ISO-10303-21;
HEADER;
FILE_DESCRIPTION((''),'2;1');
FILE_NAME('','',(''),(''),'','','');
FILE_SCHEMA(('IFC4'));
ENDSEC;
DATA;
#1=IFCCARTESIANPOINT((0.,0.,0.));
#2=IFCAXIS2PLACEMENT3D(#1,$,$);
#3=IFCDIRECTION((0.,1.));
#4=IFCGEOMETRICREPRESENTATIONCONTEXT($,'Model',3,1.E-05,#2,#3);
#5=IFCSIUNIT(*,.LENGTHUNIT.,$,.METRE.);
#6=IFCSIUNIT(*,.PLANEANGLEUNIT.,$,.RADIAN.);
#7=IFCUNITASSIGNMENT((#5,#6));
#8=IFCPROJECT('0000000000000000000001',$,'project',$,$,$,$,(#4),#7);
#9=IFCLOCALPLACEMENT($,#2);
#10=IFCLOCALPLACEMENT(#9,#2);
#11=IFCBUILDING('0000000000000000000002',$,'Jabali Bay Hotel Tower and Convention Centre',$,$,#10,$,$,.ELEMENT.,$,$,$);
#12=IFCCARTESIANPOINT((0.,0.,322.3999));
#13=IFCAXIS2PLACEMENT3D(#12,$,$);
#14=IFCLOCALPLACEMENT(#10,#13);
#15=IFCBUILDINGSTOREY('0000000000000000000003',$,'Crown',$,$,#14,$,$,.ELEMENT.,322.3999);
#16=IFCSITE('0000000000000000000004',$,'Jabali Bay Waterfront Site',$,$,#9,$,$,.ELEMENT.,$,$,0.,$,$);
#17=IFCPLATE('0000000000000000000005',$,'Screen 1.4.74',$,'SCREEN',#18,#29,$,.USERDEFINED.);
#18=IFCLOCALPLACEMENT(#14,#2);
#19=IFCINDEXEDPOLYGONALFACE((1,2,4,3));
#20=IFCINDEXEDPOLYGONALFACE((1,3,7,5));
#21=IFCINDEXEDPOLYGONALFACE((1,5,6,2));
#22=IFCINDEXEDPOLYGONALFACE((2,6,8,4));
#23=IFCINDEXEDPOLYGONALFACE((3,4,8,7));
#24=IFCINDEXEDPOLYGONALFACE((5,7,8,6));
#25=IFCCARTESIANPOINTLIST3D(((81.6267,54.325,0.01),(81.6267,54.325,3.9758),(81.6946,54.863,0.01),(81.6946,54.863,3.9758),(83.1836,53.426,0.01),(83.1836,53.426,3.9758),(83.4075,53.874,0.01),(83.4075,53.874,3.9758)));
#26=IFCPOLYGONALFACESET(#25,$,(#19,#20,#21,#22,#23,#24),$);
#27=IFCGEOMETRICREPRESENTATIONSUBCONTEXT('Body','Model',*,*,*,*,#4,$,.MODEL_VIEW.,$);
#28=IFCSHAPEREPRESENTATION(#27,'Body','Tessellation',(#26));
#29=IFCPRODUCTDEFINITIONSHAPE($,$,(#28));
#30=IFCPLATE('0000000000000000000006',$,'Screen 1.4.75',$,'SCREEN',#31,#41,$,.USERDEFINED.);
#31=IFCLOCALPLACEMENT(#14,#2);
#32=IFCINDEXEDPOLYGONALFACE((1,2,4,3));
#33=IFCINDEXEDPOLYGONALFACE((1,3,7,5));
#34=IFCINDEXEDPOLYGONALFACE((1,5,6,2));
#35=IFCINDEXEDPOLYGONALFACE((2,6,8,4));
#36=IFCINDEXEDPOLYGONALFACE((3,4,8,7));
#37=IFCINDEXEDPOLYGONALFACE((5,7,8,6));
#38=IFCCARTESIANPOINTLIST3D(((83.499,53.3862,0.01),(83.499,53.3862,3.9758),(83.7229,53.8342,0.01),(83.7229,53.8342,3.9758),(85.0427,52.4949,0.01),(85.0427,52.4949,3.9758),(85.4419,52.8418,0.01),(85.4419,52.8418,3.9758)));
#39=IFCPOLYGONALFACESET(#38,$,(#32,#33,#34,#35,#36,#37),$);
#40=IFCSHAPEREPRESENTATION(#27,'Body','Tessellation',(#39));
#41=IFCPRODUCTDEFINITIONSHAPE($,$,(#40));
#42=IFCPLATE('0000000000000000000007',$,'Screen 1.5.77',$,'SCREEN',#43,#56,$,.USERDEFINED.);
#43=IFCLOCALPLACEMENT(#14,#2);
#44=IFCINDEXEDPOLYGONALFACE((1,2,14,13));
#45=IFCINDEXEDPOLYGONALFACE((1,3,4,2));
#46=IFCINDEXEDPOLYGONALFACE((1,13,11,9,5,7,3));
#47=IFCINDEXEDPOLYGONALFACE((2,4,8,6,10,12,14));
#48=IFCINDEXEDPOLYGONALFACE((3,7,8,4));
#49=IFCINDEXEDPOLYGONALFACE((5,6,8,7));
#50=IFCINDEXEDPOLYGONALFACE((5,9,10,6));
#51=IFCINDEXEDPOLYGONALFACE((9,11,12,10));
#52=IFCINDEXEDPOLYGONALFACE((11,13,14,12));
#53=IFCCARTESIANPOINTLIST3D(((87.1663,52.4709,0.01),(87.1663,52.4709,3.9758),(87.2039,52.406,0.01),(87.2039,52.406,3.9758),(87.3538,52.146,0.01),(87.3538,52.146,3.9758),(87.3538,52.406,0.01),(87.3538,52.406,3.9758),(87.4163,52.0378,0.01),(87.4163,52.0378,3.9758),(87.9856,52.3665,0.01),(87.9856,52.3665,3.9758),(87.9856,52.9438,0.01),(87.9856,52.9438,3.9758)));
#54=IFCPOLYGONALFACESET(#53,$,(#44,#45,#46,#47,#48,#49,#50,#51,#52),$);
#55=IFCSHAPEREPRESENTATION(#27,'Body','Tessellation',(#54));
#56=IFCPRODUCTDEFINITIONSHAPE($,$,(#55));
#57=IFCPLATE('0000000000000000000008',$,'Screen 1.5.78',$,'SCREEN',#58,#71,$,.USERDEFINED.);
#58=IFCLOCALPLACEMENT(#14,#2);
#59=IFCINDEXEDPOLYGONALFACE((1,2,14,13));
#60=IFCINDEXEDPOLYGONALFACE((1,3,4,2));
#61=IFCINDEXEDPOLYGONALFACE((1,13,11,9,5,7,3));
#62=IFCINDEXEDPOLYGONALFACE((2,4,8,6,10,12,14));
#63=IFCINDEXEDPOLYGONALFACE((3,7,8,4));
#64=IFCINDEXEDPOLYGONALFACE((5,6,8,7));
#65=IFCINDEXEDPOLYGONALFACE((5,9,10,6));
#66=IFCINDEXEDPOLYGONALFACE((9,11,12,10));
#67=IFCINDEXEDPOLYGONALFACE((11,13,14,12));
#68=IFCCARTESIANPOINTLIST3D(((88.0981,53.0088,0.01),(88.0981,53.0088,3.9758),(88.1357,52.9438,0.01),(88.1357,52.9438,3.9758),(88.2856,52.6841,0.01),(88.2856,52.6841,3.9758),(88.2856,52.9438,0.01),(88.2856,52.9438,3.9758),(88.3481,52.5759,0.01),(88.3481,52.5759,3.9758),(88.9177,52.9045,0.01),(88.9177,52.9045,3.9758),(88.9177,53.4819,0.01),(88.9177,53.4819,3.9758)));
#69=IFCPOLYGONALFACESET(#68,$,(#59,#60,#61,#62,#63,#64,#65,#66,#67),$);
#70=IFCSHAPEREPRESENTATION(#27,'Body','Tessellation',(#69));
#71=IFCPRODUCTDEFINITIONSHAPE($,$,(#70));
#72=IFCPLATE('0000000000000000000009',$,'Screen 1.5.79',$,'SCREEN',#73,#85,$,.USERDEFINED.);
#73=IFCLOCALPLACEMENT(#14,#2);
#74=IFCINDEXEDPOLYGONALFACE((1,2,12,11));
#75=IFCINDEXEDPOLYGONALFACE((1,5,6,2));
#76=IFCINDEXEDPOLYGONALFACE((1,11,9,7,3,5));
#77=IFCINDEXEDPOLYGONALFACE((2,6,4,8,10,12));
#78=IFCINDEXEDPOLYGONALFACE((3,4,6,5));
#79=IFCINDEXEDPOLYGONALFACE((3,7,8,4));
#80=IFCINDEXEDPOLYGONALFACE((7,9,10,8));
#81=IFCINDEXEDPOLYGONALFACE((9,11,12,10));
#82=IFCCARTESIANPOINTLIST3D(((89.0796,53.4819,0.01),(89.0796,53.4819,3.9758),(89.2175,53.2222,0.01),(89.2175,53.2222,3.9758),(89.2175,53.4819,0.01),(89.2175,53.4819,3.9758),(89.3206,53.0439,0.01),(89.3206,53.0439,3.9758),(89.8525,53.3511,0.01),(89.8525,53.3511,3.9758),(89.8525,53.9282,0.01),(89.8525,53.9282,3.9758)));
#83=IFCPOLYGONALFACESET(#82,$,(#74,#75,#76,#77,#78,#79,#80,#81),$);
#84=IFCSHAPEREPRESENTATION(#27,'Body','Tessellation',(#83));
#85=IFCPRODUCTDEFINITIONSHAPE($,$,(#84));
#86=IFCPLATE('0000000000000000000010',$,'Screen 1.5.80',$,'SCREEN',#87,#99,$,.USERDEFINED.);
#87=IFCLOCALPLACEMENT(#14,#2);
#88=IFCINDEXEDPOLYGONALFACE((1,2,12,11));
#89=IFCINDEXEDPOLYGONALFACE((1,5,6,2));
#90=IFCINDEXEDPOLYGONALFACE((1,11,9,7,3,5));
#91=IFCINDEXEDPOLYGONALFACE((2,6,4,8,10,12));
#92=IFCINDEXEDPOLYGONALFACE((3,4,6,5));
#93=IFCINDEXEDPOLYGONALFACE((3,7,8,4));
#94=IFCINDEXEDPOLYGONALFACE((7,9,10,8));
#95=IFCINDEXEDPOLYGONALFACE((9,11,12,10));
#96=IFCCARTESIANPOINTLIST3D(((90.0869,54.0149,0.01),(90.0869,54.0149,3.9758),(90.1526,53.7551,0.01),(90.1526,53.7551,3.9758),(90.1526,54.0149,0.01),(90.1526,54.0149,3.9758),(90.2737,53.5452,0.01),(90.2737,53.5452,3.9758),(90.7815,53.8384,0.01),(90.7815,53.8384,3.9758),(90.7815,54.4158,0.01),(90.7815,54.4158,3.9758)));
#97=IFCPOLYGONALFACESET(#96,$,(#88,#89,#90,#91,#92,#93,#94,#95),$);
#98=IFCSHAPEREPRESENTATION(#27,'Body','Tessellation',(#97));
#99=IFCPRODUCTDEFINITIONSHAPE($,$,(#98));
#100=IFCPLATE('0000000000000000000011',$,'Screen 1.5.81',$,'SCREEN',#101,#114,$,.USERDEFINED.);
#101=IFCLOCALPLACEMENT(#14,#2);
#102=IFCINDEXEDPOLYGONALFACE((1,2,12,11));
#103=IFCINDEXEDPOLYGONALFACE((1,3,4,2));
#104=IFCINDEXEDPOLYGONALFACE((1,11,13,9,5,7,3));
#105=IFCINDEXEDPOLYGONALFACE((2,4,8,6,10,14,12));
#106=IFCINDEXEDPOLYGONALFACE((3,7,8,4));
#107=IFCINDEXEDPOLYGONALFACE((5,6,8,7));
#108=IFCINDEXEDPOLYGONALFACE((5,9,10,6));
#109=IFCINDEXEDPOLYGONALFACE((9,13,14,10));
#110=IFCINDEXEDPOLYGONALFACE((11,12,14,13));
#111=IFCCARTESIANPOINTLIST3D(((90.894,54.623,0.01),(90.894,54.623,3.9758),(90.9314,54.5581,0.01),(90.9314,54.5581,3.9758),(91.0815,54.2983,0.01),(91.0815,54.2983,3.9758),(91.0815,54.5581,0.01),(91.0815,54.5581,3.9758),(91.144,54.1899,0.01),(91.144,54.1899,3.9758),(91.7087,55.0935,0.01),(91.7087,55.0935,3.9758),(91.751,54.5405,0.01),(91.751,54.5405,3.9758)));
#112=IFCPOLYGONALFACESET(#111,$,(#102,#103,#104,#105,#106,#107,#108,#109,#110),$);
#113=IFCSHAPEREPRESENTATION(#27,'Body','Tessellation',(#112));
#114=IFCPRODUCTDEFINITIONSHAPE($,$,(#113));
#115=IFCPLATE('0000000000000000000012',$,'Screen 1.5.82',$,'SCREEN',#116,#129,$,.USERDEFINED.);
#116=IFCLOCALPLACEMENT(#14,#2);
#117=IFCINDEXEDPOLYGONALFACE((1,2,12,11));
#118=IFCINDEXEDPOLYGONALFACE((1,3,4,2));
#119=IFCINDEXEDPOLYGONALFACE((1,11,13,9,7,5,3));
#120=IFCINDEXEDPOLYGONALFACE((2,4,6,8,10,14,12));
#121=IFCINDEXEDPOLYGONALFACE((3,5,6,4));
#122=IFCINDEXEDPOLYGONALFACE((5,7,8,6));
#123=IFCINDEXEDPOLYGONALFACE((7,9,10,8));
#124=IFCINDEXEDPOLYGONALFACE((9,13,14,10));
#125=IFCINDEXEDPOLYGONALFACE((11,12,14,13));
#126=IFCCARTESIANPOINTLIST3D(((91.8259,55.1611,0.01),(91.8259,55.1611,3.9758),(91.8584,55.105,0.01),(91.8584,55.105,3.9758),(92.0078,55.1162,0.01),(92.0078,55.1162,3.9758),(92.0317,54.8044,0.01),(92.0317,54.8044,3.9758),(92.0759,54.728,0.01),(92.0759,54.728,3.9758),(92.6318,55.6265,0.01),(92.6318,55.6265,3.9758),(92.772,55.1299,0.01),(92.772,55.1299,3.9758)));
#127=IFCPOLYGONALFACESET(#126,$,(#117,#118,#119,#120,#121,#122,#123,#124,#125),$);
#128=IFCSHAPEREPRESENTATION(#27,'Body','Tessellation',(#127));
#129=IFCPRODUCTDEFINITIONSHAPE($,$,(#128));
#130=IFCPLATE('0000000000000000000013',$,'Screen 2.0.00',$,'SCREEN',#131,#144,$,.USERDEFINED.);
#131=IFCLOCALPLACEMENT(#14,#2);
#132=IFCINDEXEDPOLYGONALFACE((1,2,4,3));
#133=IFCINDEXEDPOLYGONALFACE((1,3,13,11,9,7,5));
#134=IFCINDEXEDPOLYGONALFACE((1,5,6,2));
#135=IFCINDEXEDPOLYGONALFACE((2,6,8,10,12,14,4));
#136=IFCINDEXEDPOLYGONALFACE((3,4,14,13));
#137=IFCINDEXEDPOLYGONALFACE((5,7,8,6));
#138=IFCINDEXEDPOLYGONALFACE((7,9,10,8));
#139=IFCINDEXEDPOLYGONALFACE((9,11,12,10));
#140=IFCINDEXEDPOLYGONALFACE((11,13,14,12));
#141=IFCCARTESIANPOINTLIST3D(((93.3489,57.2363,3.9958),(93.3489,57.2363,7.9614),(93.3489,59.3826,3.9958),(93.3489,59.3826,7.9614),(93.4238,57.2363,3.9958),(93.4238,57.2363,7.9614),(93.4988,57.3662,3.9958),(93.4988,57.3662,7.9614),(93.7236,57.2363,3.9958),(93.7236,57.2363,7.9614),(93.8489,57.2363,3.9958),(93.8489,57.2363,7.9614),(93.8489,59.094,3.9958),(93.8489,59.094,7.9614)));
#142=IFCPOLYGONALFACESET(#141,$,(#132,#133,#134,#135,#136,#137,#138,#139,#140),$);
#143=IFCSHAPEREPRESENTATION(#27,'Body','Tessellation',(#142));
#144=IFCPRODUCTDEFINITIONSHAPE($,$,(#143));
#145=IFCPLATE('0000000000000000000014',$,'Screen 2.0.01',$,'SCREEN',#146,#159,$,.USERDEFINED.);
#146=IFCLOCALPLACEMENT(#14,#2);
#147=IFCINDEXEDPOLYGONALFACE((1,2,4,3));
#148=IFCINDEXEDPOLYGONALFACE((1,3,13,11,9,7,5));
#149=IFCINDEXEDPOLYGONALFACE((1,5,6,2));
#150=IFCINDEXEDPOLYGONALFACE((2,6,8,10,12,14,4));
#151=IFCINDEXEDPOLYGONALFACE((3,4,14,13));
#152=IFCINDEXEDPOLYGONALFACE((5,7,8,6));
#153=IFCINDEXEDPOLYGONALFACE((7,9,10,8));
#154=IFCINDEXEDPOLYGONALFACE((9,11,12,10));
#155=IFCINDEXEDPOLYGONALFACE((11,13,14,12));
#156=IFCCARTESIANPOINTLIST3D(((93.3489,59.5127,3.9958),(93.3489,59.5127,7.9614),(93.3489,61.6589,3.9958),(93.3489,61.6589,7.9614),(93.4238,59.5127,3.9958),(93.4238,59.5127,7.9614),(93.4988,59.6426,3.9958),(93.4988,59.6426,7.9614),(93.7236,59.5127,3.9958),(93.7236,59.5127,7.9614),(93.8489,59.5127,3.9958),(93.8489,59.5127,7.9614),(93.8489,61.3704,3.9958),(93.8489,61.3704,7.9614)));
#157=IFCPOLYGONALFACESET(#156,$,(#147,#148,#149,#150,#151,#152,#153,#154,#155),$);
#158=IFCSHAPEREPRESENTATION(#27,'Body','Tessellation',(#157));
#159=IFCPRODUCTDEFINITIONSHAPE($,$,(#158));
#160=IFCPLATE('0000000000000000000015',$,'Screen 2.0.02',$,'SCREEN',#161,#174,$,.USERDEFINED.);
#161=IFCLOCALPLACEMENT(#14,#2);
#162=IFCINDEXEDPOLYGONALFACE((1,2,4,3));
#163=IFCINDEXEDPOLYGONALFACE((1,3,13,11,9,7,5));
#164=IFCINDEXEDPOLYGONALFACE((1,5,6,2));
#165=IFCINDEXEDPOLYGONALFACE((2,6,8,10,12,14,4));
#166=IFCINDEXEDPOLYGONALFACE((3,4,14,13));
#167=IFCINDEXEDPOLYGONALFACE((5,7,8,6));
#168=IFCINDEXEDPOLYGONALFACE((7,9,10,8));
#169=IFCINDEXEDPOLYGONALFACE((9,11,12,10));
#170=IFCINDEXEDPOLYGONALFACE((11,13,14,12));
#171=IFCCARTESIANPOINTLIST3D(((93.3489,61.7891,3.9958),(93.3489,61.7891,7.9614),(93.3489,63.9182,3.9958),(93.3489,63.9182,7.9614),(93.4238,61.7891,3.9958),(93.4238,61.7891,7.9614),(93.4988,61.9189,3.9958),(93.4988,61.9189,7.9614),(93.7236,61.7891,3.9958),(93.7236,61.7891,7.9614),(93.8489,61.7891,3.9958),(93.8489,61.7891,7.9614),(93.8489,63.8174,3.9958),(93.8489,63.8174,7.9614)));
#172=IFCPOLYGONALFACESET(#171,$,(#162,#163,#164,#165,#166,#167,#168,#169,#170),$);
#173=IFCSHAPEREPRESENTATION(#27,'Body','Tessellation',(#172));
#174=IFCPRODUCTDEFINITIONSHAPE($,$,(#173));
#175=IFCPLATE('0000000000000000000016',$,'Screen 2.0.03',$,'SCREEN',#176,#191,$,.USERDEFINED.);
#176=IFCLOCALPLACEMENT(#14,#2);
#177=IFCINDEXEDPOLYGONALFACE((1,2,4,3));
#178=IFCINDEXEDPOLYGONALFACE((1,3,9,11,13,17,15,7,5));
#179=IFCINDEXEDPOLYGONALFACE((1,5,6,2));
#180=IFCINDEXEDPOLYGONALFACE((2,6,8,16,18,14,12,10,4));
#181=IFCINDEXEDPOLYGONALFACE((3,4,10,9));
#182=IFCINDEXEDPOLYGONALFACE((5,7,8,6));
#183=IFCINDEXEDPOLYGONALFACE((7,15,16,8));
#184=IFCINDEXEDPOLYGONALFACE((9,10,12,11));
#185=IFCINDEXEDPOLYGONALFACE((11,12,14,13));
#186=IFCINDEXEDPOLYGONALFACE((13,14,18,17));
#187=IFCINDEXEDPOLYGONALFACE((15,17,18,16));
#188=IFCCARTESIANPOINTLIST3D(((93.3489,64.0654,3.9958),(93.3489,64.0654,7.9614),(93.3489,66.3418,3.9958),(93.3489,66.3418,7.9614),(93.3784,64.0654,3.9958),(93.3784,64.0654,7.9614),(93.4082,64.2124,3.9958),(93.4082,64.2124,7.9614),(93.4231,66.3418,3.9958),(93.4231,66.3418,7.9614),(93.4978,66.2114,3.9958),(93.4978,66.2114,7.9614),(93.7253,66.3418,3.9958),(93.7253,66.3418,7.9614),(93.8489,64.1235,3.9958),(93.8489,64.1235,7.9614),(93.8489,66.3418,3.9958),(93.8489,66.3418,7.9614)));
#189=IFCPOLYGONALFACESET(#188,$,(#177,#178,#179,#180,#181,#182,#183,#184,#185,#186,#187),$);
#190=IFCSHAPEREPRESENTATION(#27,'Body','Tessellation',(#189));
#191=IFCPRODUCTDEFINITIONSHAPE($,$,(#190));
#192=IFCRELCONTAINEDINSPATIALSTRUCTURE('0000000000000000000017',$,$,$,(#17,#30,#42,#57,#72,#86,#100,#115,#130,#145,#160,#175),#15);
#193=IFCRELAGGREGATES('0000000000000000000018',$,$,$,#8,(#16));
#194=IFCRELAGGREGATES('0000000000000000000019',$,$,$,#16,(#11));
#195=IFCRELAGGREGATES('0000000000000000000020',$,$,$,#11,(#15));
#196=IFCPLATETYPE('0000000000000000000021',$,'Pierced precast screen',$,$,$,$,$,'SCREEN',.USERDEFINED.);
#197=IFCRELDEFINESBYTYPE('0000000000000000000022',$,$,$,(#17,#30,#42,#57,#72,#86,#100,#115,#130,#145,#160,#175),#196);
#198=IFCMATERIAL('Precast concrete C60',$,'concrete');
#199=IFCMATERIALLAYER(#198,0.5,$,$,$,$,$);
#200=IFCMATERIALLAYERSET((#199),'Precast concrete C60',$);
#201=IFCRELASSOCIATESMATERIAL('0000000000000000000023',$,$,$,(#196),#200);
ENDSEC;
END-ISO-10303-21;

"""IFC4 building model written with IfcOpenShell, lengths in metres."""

from ifc_helpers import new_model, si_unit, direction, frame, origin, place, context, subcontext, project, spatial, polyline, outline, extrude, material, layer, layer_set, type_object, element, save


model = new_model("IFC4")

# Units and contexts
model_context = context("Model", 3, precision=1e-05, world=origin(), true_north=direction((0.0, 1.0)))
body_context = subcontext(model_context, "Body", "Model", "MODEL_VIEW")
ifc_project = project(units=[si_unit("LENGTHUNIT", "METRE"), si_unit("PLANEANGLEUNIT", "RADIAN")], contexts=[model_context])

# Site, building, storey
site_placement = place(None, origin())
site = spatial("IfcSite", under=ifc_project, at=site_placement, Name="Jabali Bay Waterfront Site", CompositionType="ELEMENT", RefElevation=0.0)
building_placement = place(site_placement, origin())
building = spatial("IfcBuilding", under=site, at=building_placement, Name="Jabali Bay Hotel Tower and Convention Centre", CompositionType="ELEMENT")
storey_placement = place(building_placement, frame((0.0, 0.0, 322.3999)))
storey = spatial("IfcBuildingStorey", under=building, at=storey_placement, Name="Crown", CompositionType="ELEMENT", Elevation=322.3999)

# Plates
ifc_material = material(Name="Precast concrete C60", Category="concrete")
ifc_layer = layer(ifc_material, 0.5)
ifc_layer_set = layer_set([ifc_layer], Name="Precast concrete C60")
plate_type = type_object("IfcPlateType", Name="Pierced precast screen", ElementType="SCREEN", PredefinedType="USERDEFINED", material=ifc_layer_set)
plate_1_placement = place(storey_placement, frame((0.0, 0.0, 0.01)))
element("IfcPlate", 1, at=plate_1_placement, inside=storey, type_object=plate_type, Name="Screen 1.4.74", ObjectType="SCREEN", PredefinedType="USERDEFINED", context=body_context, shape_type="SweptSolid", body=[
    extrude(outline(polyline([(83.4075, 53.874), (81.6946, 54.863), (81.6267, 54.325), (83.1836, 53.426), (83.4075, 53.874)])), origin(), (0.0, 0.0, 1.0), 3.9658),
])
plate_2_placement = place(storey_placement, frame((0.0, 0.0, 0.01)))
element("IfcPlate", 2, at=plate_2_placement, inside=storey, type_object=plate_type, Name="Screen 1.4.75", ObjectType="SCREEN", PredefinedType="USERDEFINED", context=body_context, shape_type="SweptSolid", body=[
    extrude(outline(polyline([(85.4419, 52.8418), (83.7229, 53.8342), (83.499, 53.3862), (85.0427, 52.4949), (85.4419, 52.8418)])), origin(), (0.0, 0.0, 1.0), 3.9658),
])
plate_3_placement = place(storey_placement, frame((0.0, 0.0, 0.01)))
element("IfcPlate", 3, at=plate_3_placement, inside=storey, type_object=plate_type, Name="Screen 1.5.77", ObjectType="SCREEN", PredefinedType="USERDEFINED", context=body_context, shape_type="SweptSolid", body=[
    extrude(outline(polyline([(87.9856, 52.9438), (87.1663, 52.4709), (87.2039, 52.406), (87.3538, 52.406), (87.3538, 52.146), (87.4163, 52.0378), (87.9856, 52.3665), (87.9856, 52.9438)])), origin(), (0.0, 0.0, 1.0), 3.9658),
])
plate_4_placement = place(storey_placement, frame((0.0, 0.0, 0.01)))
element("IfcPlate", 4, at=plate_4_placement, inside=storey, type_object=plate_type, Name="Screen 1.5.78", ObjectType="SCREEN", PredefinedType="USERDEFINED", context=body_context, shape_type="SweptSolid", body=[
    extrude(outline(polyline([(88.9177, 53.4819), (88.0981, 53.0088), (88.1357, 52.9438), (88.2856, 52.9438), (88.2856, 52.6841), (88.3481, 52.5759), (88.9177, 52.9045), (88.9177, 53.4819)])), origin(), (0.0, 0.0, 1.0), 3.9658),
])
plate_5_placement = place(storey_placement, frame((0.0, 0.0, 0.01)))
element("IfcPlate", 5, at=plate_5_placement, inside=storey, type_object=plate_type, Name="Screen 1.5.79", ObjectType="SCREEN", PredefinedType="USERDEFINED", context=body_context, shape_type="SweptSolid", body=[
    extrude(outline(polyline([(89.8525, 53.9282), (89.0796, 53.4819), (89.2175, 53.4819), (89.2175, 53.2222), (89.3206, 53.0439), (89.8525, 53.3511), (89.8525, 53.9282)])), origin(), (0.0, 0.0, 1.0), 3.9658),
])
plate_6_placement = place(storey_placement, frame((0.0, 0.0, 0.01)))
element("IfcPlate", 6, at=plate_6_placement, inside=storey, type_object=plate_type, Name="Screen 1.5.80", ObjectType="SCREEN", PredefinedType="USERDEFINED", context=body_context, shape_type="SweptSolid", body=[
    extrude(outline(polyline([(90.7815, 54.4158), (90.0869, 54.0149), (90.1526, 54.0149), (90.1526, 53.7551), (90.2737, 53.5452), (90.7815, 53.8384), (90.7815, 54.4158)])), origin(), (0.0, 0.0, 1.0), 3.9658),
])
plate_7_placement = place(storey_placement, frame((0.0, 0.0, 0.01)))
element("IfcPlate", 7, at=plate_7_placement, inside=storey, type_object=plate_type, Name="Screen 1.5.81", ObjectType="SCREEN", PredefinedType="USERDEFINED", context=body_context, shape_type="SweptSolid", body=[
    extrude(outline(polyline([(91.7087, 55.0935), (90.894, 54.623), (90.9314, 54.5581), (91.0815, 54.5581), (91.0815, 54.2983), (91.144, 54.1899), (91.751, 54.5405), (91.7087, 55.0935)])), origin(), (0.0, 0.0, 1.0), 3.9658),
])
plate_8_placement = place(storey_placement, frame((0.0, 0.0, 0.01)))
element("IfcPlate", 8, at=plate_8_placement, inside=storey, type_object=plate_type, Name="Screen 1.5.82", ObjectType="SCREEN", PredefinedType="USERDEFINED", context=body_context, shape_type="SweptSolid", body=[
    extrude(outline(polyline([(92.6318, 55.6265), (91.8259, 55.1611), (91.8584, 55.105), (92.0078, 55.1162), (92.0317, 54.8044), (92.0759, 54.728), (92.772, 55.1299), (92.6318, 55.6265)])), origin(), (0.0, 0.0, 1.0), 3.9658),
])
plate_9_placement = place(storey_placement, frame((0.0, 0.0, 3.9958)))
element("IfcPlate", 9, at=plate_9_placement, inside=storey, type_object=plate_type, Name="Screen 2.0.00", ObjectType="SCREEN", PredefinedType="USERDEFINED", context=body_context, shape_type="SweptSolid", body=[
    extrude(outline(polyline([(93.3489, 59.3826), (93.3489, 57.2363), (93.4238, 57.2363), (93.4988, 57.3662), (93.7236, 57.2363), (93.8489, 57.2363), (93.8489, 59.094), (93.3489, 59.3826)])), origin(), (0.0, 0.0, 1.0), 3.9656),
])
plate_10_placement = place(storey_placement, frame((0.0, 0.0, 3.9958)))
element("IfcPlate", 10, at=plate_10_placement, inside=storey, type_object=plate_type, Name="Screen 2.0.01", ObjectType="SCREEN", PredefinedType="USERDEFINED", context=body_context, shape_type="SweptSolid", body=[
    extrude(outline(polyline([(93.3489, 61.6589), (93.3489, 59.5127), (93.4238, 59.5127), (93.4988, 59.6426), (93.7236, 59.5127), (93.8489, 59.5127), (93.8489, 61.3704), (93.3489, 61.6589)])), origin(), (0.0, 0.0, 1.0), 3.9656),
])
plate_11_placement = place(storey_placement, frame((0.0, 0.0, 3.9958)))
element("IfcPlate", 11, at=plate_11_placement, inside=storey, type_object=plate_type, Name="Screen 2.0.02", ObjectType="SCREEN", PredefinedType="USERDEFINED", context=body_context, shape_type="SweptSolid", body=[
    extrude(outline(polyline([(93.3489, 63.9182), (93.3489, 61.7891), (93.4238, 61.7891), (93.4988, 61.9189), (93.7236, 61.7891), (93.8489, 61.7891), (93.8489, 63.8174), (93.3489, 63.9182)])), origin(), (0.0, 0.0, 1.0), 3.9656),
])
plate_12_placement = place(storey_placement, frame((0.0, 0.0, 3.9958)))
element("IfcPlate", 12, at=plate_12_placement, inside=storey, type_object=plate_type, Name="Screen 2.0.03", ObjectType="SCREEN", PredefinedType="USERDEFINED", context=body_context, shape_type="SweptSolid", body=[
    extrude(outline(polyline([(93.3489, 66.3418), (93.3489, 64.0654), (93.3784, 64.0654), (93.4082, 64.2124), (93.8489, 64.1235), (93.8489, 66.3418), (93.7253, 66.3418), (93.4978, 66.2114), (93.4231, 66.3418), (93.3489, 66.3418)])), origin(), (0.0, 0.0, 1.0), 3.9656),
])

save(model, "model.ifc")
